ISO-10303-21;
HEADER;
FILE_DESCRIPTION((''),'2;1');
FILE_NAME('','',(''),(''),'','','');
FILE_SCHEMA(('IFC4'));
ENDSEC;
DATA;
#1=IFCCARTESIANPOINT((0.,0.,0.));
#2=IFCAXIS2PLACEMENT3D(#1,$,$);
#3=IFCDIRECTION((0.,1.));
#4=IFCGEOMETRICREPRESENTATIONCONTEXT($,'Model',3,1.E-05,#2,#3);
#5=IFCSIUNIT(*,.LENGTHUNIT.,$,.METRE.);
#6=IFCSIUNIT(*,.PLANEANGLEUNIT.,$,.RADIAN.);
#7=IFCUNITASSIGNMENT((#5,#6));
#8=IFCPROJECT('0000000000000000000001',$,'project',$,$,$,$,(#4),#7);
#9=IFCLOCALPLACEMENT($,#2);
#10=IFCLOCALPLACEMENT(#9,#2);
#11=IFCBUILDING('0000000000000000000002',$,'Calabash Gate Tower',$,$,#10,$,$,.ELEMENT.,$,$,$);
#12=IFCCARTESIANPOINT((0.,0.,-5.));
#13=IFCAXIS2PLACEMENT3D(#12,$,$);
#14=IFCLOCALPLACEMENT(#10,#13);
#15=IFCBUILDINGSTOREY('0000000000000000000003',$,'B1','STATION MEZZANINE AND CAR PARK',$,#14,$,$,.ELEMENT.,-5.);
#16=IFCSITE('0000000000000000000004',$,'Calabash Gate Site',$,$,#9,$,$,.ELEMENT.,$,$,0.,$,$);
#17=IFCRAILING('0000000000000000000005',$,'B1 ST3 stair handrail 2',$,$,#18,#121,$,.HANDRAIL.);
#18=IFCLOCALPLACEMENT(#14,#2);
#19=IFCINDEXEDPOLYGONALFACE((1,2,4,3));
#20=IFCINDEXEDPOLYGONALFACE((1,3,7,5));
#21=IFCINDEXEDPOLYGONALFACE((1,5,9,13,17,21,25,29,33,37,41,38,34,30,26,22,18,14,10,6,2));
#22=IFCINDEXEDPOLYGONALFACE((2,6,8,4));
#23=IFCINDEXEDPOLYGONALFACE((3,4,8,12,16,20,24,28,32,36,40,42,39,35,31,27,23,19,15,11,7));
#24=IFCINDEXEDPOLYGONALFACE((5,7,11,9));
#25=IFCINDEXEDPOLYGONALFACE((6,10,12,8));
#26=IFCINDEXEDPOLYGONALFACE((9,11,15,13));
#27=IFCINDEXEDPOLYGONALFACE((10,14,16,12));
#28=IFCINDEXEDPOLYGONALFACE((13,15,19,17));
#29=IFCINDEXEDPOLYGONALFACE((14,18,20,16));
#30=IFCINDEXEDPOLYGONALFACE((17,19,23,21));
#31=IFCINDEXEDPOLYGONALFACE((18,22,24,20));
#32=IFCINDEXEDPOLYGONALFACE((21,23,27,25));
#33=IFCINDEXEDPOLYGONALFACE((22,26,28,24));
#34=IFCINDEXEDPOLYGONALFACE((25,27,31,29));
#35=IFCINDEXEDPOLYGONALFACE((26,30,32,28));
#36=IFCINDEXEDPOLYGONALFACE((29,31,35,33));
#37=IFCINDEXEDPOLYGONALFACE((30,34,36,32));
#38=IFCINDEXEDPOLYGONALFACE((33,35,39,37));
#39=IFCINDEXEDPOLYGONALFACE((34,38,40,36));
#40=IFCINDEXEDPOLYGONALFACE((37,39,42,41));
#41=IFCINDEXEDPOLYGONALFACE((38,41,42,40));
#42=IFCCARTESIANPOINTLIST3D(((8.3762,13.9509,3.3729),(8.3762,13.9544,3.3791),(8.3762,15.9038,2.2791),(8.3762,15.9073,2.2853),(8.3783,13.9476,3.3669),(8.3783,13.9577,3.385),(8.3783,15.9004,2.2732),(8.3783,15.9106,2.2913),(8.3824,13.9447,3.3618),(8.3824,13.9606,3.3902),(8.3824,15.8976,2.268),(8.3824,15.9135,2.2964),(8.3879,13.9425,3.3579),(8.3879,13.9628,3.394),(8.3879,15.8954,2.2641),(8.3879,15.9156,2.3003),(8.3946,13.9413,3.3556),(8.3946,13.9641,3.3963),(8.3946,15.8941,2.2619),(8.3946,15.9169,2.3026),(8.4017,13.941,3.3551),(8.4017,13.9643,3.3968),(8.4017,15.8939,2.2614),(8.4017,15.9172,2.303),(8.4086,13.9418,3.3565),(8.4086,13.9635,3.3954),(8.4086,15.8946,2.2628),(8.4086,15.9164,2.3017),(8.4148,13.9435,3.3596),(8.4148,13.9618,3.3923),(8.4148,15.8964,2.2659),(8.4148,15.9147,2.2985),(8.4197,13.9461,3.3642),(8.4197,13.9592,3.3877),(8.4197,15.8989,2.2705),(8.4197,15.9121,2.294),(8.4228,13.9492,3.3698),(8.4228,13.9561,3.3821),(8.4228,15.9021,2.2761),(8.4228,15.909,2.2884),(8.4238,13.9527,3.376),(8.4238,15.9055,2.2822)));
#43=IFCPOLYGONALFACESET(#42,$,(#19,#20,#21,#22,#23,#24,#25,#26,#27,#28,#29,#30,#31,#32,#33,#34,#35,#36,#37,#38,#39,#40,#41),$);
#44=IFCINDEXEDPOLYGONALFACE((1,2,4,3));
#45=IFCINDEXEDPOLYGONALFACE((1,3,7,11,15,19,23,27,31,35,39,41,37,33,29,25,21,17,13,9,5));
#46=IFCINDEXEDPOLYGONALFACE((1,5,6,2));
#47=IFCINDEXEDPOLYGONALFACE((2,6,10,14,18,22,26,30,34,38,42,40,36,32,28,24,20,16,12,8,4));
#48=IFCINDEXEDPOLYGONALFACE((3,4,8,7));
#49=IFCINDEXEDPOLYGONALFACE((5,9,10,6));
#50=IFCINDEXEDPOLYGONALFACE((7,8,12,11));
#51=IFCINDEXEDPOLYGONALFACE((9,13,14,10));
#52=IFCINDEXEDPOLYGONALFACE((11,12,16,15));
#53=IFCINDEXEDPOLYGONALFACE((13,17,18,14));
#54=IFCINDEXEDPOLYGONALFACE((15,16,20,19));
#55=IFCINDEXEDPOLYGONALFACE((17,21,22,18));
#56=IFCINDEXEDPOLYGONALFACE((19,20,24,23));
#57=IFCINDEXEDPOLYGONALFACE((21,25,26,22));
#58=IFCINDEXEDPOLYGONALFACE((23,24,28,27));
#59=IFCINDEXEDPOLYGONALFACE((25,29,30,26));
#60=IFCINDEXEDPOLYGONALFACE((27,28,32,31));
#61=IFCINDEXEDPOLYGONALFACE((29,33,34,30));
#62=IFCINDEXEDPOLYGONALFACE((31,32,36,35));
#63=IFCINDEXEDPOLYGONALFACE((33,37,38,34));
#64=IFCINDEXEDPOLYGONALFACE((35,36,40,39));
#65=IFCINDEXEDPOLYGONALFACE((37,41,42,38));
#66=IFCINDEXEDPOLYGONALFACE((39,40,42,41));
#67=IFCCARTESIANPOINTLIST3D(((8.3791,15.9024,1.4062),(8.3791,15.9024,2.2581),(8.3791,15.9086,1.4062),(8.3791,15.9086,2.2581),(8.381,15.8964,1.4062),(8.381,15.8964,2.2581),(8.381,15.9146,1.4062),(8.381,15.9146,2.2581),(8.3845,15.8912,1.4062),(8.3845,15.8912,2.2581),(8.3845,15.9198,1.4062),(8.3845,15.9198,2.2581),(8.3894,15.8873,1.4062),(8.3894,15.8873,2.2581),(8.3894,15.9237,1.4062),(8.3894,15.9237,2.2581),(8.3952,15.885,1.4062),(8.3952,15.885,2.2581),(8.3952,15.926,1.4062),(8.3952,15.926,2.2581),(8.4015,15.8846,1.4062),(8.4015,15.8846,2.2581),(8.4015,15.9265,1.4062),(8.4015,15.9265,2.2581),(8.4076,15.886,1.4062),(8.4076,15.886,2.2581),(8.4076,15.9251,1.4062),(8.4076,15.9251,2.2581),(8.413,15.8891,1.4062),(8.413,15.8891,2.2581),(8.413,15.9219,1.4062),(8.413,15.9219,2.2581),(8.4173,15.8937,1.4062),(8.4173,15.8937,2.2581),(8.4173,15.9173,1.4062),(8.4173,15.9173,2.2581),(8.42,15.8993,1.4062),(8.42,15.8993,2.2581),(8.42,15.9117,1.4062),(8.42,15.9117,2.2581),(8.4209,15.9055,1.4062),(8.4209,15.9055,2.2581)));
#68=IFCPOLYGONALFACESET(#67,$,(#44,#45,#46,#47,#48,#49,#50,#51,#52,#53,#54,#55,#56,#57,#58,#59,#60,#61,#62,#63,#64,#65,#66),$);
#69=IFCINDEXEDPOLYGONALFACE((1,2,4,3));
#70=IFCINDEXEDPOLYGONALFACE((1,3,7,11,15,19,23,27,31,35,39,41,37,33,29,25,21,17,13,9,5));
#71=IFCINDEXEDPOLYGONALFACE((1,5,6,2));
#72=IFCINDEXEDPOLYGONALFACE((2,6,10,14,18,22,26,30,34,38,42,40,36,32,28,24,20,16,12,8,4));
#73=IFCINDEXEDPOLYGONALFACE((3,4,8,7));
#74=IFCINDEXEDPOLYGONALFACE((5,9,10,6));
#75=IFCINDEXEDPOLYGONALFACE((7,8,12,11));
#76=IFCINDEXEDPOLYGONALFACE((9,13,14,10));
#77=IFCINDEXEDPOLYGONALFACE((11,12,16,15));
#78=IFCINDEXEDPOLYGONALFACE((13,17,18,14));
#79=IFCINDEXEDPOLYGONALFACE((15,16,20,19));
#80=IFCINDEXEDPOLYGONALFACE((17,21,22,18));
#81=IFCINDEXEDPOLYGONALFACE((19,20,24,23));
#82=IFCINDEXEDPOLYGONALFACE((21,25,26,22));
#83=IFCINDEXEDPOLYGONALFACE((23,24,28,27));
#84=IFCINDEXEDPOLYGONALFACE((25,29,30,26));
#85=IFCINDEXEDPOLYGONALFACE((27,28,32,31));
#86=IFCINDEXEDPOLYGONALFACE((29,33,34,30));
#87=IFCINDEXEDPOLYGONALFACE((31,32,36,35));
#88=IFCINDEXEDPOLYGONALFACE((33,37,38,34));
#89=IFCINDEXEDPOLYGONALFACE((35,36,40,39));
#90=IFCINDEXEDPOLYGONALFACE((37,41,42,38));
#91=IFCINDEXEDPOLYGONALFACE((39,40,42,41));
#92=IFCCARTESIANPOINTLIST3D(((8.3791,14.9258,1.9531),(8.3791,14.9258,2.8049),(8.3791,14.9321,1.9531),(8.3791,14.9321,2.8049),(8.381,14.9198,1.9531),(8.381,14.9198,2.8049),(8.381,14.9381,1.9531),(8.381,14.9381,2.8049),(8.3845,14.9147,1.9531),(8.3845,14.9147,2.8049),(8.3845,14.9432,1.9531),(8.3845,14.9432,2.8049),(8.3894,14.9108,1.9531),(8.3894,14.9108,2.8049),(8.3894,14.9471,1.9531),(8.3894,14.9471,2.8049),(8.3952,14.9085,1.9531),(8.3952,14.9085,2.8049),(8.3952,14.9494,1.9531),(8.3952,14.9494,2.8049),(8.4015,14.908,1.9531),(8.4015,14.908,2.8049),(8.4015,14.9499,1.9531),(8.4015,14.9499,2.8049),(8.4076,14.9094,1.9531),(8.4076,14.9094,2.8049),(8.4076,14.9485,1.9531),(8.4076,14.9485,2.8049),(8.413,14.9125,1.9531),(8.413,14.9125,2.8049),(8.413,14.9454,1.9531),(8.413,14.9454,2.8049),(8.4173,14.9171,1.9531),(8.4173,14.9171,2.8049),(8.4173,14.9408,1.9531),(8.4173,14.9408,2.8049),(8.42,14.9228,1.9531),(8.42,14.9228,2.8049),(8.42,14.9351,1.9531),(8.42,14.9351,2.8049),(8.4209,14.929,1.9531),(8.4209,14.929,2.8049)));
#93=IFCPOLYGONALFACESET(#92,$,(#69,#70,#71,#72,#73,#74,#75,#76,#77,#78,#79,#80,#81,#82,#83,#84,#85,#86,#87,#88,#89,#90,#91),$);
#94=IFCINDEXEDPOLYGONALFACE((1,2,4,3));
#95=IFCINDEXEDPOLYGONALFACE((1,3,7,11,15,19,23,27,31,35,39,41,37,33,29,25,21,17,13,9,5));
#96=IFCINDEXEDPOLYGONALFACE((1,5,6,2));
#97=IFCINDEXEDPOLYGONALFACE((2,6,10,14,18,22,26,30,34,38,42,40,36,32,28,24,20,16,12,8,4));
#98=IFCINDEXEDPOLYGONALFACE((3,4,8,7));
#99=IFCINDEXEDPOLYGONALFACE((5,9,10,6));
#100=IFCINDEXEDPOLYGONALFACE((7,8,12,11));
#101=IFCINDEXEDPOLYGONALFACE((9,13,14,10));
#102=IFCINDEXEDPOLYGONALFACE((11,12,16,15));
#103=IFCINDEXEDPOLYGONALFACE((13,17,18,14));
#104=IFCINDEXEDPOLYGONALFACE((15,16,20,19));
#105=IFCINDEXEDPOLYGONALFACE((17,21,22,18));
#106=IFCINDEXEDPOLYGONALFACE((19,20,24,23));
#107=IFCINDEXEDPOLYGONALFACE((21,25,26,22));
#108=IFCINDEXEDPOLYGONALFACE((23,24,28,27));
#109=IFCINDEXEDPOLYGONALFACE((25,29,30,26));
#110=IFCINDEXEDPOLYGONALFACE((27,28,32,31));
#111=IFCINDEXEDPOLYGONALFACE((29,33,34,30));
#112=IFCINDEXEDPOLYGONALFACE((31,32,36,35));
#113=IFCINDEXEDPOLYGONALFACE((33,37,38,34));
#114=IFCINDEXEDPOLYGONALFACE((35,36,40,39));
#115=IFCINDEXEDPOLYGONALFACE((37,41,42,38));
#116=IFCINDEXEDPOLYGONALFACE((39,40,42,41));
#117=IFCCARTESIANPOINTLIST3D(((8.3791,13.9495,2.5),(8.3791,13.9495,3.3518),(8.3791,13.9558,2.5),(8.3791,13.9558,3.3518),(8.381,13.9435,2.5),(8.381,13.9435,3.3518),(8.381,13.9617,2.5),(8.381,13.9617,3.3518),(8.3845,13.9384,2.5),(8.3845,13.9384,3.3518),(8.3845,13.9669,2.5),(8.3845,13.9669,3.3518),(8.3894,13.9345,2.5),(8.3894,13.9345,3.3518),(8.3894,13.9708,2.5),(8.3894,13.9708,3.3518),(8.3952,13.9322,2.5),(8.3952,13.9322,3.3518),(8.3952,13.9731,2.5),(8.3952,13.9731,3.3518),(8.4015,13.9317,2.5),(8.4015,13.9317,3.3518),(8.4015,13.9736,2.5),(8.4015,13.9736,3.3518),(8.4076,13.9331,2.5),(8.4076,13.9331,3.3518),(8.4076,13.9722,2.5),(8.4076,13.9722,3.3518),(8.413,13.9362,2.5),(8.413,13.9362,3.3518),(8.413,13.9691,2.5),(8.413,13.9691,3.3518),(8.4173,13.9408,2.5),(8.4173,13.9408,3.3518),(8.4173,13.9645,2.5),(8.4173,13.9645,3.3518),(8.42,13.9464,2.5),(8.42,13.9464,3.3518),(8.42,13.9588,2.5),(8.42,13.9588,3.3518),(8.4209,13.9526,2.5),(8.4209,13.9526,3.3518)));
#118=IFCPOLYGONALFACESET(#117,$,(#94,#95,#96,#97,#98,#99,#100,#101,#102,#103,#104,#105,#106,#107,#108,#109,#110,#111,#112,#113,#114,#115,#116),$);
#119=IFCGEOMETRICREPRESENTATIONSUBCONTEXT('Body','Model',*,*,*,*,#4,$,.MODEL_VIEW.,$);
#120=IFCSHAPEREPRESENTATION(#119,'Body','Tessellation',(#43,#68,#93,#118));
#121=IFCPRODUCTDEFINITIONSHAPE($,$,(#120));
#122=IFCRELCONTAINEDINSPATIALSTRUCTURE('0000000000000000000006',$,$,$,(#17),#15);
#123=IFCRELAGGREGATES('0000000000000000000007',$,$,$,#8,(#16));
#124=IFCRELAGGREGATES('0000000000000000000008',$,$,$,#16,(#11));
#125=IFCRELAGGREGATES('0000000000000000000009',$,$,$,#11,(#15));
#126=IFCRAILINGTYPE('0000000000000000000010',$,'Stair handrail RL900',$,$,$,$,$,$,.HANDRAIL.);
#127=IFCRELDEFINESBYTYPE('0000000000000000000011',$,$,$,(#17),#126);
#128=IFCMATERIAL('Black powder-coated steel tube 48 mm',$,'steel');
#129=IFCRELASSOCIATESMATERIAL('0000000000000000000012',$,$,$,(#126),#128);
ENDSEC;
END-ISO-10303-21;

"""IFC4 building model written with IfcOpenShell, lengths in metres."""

from ifc_helpers import new_model, si_unit, direction, frame, origin, origin_2d, place, context, subcontext, project, spatial, circle, extrude, material, type_object, element, save


model = new_model("IFC4")

# Units and contexts
model_context = context("Model", 3, precision=1e-05, world=origin(), true_north=direction((0.0, 1.0)))
body_context = subcontext(model_context, "Body", "Model", "MODEL_VIEW")
ifc_project = project(units=[si_unit("LENGTHUNIT", "METRE"), si_unit("PLANEANGLEUNIT", "RADIAN")], contexts=[model_context])

# Site, building, storey
site_placement = place(None, origin())
site = spatial("IfcSite", under=ifc_project, at=site_placement, Name="Calabash Gate Site", CompositionType="ELEMENT", RefElevation=0.0)
building_placement = place(site_placement, origin())
building = spatial("IfcBuilding", under=site, at=building_placement, Name="Calabash Gate Tower", CompositionType="ELEMENT")
storey_placement = place(building_placement, frame((0.0, 0.0, -5.0)))
storey = spatial("IfcBuildingStorey", under=building, at=storey_placement, Name="B1", Description="STATION MEZZANINE AND CAR PARK", CompositionType="ELEMENT", Elevation=-5.0)

# Railing
ifc_material_1 = material(Name="Black powder-coated steel tube 48 mm", Category="steel")
railing_type_1 = type_object("IfcRailingType", Name="Stair handrail RL900", PredefinedType="HANDRAIL", material=ifc_material_1)
railing_1_placement = place(storey_placement, frame((8.3999, 15.9055, 1.4062)))
element("IfcRailing", 1, at=railing_1_placement, inside=storey, type_object=railing_type_1, Name="B1 ST3 stair handrail 2", PredefinedType="HANDRAIL", context=body_context, shape_type="SweptSolid", body=[
    extrude(circle(Radius=0.0239, at=origin_2d()), frame((0.0, 0.0, 0.876), z_axis=(0.0, -0.87248, 0.48865), x_axis=(1.0, 0.0, 0.0)), (0.0, 0.0, 1.0), 2.2383),
    extrude(circle(Radius=0.021, at=origin_2d()), origin(), (0.0, 0.0, 1.0), 0.8518),
    extrude(circle(Radius=0.021, at=origin_2d()), frame((0.0, -0.9766, 0.5469)), (0.0, 0.0, 1.0), 0.8518),
    extrude(circle(Radius=0.021, at=origin_2d()), frame((0.0, -1.9529, 1.0938)), (0.0, 0.0, 1.0), 0.8518),
])

save(model, "model.ifc")
